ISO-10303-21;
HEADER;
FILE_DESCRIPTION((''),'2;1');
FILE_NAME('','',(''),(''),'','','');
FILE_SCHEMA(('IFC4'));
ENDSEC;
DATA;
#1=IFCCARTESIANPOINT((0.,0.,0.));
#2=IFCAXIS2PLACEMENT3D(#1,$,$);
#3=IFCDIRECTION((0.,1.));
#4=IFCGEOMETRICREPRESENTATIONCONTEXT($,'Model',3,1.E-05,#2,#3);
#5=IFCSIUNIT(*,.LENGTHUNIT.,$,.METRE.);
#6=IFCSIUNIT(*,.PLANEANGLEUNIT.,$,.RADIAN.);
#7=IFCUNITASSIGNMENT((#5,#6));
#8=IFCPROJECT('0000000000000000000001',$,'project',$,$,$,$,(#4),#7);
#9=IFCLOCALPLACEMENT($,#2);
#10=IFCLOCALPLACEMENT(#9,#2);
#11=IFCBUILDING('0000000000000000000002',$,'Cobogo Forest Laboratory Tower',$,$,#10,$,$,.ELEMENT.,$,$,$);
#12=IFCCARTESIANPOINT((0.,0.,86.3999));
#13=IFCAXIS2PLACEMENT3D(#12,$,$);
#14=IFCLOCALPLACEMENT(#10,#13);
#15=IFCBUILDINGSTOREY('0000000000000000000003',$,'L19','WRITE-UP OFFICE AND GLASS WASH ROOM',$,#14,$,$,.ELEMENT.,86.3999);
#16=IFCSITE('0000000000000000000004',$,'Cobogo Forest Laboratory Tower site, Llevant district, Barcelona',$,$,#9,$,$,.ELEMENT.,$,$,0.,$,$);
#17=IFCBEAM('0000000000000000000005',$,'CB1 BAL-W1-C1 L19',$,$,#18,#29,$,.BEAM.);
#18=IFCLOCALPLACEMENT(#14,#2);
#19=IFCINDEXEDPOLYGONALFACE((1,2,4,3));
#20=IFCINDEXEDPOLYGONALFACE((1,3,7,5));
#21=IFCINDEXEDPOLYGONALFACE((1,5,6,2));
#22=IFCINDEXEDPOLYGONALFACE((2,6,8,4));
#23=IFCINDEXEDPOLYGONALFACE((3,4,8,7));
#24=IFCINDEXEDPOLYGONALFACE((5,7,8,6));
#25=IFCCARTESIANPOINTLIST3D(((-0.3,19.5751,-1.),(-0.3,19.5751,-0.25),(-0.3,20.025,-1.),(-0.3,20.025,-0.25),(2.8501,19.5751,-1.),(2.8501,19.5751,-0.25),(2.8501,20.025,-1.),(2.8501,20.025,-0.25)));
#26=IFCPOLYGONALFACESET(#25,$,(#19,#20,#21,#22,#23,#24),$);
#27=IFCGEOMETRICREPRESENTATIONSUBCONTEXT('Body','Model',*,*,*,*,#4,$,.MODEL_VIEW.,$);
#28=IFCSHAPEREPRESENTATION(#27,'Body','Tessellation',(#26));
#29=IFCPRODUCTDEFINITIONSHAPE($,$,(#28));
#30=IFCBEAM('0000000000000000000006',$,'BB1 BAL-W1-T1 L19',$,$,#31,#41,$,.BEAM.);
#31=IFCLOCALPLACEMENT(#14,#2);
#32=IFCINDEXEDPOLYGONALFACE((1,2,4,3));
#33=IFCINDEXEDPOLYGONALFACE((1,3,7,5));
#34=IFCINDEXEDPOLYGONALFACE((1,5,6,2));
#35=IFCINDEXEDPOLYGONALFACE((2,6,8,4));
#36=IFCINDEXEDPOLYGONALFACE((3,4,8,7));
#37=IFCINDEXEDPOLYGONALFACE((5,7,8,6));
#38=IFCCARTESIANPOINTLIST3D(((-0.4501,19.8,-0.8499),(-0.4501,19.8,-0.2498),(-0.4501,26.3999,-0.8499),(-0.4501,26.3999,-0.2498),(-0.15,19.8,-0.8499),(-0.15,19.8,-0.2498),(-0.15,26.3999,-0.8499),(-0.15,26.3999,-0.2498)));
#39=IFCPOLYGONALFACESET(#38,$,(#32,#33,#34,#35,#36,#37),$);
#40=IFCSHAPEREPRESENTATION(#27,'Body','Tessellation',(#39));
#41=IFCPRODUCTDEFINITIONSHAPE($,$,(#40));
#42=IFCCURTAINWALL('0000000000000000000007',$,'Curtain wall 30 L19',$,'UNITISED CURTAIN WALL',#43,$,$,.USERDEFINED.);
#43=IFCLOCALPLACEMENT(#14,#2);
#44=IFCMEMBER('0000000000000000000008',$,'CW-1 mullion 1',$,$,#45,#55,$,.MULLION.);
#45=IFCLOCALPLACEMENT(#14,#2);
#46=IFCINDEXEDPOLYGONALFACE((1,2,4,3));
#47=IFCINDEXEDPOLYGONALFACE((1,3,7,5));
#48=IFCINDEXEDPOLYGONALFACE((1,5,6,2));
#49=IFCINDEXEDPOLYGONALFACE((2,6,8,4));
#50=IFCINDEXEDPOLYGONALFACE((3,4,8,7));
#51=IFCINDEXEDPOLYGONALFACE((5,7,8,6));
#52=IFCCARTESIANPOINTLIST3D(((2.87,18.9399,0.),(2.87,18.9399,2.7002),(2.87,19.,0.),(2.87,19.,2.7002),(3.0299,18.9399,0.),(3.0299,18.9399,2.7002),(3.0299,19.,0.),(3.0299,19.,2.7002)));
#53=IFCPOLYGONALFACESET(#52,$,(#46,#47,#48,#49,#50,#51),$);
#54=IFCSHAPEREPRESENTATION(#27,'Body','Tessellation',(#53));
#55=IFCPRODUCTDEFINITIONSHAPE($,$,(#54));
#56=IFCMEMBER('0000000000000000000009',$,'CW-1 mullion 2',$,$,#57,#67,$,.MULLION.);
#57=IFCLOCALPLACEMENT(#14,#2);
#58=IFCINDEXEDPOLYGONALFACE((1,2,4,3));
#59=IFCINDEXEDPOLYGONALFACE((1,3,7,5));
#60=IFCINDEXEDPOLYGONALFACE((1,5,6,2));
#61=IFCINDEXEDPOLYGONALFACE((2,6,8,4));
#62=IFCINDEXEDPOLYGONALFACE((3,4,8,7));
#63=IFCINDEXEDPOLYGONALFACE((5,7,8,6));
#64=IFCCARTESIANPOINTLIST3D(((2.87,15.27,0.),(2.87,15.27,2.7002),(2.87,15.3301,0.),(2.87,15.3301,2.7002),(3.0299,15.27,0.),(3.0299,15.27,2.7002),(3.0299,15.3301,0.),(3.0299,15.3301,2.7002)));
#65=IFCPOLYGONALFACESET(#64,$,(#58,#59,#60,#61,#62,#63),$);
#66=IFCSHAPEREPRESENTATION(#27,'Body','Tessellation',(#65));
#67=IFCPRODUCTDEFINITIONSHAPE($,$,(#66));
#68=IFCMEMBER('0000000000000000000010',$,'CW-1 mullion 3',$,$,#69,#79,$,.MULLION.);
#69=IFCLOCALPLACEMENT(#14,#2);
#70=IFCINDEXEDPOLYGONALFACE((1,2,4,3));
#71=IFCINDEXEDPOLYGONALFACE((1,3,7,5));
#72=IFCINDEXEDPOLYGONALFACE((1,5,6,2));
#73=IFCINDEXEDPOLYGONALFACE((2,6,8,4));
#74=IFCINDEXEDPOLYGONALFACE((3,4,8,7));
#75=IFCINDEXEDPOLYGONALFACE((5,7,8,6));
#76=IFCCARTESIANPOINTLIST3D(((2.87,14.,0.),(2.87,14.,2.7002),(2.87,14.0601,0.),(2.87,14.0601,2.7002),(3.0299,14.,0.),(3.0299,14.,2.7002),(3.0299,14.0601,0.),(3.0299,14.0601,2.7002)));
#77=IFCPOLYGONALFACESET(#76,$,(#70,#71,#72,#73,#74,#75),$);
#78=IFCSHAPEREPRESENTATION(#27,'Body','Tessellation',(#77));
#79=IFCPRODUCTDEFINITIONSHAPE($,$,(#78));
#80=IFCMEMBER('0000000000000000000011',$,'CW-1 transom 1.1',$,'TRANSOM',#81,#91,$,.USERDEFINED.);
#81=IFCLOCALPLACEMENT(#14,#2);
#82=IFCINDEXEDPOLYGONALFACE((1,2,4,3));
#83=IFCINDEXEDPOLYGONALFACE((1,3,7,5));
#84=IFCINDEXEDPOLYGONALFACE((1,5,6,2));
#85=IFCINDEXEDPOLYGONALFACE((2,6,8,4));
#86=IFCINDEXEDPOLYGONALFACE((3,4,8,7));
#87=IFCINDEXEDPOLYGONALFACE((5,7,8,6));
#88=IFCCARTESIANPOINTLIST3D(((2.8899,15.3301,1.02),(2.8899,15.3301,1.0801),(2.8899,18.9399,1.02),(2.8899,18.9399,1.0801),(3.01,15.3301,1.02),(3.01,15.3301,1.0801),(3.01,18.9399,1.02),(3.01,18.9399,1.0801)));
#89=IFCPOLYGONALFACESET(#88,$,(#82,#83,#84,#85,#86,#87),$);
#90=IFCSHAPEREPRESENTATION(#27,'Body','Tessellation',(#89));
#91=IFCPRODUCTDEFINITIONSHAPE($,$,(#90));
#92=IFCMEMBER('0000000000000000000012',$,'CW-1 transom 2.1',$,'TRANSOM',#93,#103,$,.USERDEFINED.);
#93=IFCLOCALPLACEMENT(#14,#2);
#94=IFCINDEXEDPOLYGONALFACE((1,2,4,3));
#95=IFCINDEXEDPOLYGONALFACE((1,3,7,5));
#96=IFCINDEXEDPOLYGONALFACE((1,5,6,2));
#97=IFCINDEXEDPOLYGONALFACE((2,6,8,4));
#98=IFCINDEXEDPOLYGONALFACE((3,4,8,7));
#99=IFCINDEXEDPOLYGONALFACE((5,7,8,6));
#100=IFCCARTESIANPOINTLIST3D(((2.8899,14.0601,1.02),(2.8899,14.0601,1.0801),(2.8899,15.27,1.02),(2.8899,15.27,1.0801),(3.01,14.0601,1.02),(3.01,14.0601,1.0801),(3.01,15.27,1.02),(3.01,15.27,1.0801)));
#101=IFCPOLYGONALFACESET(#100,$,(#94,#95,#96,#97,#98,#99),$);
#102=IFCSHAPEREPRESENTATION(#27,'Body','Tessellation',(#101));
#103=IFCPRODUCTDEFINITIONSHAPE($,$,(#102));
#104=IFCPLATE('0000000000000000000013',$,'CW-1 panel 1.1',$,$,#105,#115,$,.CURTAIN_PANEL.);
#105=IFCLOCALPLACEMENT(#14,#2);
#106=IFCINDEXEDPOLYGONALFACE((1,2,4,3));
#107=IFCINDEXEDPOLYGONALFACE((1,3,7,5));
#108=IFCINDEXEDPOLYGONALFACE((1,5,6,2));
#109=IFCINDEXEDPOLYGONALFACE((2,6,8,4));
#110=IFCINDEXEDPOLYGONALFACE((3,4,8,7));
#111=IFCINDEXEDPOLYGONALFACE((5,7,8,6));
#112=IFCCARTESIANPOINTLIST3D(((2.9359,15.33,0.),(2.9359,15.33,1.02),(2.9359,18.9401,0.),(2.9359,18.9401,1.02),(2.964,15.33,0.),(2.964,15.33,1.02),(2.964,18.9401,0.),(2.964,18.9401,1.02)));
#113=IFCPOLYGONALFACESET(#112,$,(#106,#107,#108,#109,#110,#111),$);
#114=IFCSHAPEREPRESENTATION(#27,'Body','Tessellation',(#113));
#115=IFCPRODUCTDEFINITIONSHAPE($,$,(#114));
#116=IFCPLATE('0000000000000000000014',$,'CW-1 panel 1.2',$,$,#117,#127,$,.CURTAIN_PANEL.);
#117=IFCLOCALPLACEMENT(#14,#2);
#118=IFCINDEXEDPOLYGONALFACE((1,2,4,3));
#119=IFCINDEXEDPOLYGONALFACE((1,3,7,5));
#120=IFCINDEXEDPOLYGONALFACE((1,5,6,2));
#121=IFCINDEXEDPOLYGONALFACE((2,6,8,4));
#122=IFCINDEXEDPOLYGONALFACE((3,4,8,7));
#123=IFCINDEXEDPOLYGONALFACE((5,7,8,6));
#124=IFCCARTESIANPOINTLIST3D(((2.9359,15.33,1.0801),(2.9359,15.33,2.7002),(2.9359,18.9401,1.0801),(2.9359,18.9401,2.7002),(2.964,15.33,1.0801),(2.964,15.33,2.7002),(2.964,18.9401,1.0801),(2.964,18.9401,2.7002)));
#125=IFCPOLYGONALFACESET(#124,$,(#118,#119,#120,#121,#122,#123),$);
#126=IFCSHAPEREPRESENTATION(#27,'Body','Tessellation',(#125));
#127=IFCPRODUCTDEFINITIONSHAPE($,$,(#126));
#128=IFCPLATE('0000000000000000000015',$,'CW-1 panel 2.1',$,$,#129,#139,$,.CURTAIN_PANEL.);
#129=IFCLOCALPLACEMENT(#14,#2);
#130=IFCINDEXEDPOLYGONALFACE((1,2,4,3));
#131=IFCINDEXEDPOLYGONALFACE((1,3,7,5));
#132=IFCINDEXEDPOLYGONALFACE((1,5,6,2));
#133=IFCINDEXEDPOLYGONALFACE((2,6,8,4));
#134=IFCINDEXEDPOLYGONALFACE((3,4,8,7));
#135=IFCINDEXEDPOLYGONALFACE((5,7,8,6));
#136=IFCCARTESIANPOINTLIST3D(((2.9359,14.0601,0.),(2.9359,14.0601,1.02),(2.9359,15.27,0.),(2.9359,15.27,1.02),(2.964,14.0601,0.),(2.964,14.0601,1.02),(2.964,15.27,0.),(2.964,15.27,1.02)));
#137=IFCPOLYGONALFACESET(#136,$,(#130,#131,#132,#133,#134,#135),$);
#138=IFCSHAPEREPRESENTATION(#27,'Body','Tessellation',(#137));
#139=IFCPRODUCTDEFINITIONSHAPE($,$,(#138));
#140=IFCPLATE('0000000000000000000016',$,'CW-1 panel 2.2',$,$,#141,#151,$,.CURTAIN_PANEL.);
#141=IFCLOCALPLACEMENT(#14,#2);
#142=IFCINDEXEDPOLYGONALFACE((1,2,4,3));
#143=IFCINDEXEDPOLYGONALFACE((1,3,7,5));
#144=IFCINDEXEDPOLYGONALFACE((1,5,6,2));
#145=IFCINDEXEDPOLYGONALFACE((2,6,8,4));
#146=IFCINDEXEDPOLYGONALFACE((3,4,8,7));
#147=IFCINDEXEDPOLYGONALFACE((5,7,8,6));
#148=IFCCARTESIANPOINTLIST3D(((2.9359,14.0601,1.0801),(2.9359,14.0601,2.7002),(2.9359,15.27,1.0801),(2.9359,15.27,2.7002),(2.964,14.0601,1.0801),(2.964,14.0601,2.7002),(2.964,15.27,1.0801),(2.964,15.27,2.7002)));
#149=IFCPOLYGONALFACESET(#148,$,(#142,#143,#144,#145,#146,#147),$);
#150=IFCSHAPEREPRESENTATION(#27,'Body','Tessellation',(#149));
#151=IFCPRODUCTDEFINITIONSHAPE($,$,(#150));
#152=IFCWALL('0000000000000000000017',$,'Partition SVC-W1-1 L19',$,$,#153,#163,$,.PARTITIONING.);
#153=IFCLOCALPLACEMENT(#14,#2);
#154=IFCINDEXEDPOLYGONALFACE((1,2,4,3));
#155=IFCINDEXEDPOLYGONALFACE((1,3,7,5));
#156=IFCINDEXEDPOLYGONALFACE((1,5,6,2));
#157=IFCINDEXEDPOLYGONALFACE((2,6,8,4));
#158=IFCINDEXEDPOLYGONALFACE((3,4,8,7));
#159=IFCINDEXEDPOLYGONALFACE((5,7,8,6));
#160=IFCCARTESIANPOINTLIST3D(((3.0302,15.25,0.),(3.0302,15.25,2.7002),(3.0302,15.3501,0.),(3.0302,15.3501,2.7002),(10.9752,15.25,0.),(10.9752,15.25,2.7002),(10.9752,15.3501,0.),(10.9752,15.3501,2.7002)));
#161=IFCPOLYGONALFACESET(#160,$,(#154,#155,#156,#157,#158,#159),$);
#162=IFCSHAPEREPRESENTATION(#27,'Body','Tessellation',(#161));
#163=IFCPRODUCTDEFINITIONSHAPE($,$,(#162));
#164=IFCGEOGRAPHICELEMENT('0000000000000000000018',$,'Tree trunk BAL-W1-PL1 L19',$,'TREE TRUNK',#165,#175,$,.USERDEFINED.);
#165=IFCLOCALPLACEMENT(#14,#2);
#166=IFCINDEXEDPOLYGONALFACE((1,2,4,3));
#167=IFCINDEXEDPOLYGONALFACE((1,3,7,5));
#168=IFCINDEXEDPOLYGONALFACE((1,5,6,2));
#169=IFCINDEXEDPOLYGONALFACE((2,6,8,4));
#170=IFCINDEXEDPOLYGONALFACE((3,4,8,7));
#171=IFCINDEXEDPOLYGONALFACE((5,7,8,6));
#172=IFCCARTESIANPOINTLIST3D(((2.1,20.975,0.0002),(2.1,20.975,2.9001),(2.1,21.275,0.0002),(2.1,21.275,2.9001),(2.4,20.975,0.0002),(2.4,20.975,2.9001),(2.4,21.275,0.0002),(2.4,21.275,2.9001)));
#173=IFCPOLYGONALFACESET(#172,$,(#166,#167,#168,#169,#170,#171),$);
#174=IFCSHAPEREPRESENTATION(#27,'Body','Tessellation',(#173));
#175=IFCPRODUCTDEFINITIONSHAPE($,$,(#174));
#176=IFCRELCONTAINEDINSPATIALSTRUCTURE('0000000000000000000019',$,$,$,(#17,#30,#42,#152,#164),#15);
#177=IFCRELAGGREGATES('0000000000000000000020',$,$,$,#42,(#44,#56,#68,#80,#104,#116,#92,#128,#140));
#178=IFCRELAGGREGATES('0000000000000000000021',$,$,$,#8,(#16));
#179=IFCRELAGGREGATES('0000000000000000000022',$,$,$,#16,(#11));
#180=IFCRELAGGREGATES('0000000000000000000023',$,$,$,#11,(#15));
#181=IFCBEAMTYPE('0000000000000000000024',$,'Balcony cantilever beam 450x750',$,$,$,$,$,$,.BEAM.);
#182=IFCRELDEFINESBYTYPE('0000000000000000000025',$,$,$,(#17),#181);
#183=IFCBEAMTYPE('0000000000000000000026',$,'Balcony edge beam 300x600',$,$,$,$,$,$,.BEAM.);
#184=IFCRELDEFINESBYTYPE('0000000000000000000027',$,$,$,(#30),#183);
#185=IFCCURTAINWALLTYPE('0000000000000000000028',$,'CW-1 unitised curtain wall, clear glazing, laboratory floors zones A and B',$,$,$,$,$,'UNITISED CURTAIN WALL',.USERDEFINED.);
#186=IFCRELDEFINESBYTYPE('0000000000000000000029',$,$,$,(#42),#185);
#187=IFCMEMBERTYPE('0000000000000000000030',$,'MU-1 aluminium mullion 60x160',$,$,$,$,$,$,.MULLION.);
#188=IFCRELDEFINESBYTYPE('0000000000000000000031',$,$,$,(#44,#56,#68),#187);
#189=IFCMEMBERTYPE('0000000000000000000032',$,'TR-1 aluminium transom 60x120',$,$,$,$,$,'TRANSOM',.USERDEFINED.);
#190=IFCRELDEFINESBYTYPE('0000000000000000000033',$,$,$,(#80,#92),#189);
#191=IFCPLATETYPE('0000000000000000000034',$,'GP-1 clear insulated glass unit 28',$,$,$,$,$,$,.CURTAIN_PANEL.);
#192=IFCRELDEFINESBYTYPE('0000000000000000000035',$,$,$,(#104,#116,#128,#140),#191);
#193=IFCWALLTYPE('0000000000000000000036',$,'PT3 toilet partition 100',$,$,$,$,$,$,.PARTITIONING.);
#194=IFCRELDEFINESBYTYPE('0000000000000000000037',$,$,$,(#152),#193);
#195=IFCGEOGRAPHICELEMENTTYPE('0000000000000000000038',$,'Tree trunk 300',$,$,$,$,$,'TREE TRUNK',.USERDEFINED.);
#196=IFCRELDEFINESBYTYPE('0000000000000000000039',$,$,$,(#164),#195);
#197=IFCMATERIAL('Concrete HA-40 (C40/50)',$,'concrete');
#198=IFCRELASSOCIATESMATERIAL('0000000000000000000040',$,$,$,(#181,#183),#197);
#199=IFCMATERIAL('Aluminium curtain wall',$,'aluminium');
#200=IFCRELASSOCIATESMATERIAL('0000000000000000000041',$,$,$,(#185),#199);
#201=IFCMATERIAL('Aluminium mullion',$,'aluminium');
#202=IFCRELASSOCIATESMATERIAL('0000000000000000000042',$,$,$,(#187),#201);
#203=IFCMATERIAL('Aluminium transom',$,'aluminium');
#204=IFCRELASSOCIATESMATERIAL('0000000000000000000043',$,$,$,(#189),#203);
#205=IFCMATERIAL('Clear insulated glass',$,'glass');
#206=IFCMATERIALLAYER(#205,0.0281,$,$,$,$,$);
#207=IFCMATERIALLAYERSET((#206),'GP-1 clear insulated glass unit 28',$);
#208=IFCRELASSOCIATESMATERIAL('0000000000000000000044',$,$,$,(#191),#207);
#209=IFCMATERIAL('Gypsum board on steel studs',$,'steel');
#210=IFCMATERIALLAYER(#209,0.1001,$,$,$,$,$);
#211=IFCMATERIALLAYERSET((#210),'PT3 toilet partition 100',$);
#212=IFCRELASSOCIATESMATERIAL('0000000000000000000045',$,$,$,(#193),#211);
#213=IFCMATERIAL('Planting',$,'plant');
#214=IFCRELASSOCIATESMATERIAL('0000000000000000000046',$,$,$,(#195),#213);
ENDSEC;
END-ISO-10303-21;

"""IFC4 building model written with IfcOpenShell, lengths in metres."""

from ifc_helpers import new_model, si_unit, direction, frame, frame_2d, origin, origin_2d, place, context, subcontext, project, spatial, rectangle, extrude, material, layer, layer_set, material_profile, profile_set, type_object, element, aggregate, save


model = new_model("IFC4")

# Units and contexts
model_context = context("Model", 3, precision=1e-05, world=origin(), true_north=direction((0.0, 1.0)))
body_context = subcontext(model_context, "Body", "Model", "MODEL_VIEW")
ifc_project = project(units=[si_unit("LENGTHUNIT", "METRE"), si_unit("PLANEANGLEUNIT", "RADIAN")], contexts=[model_context])

# Site, building, storey
site_placement = place(None, origin())
site = spatial("IfcSite", under=ifc_project, at=site_placement, Name="Cobogo Forest Laboratory Tower site, Llevant district, Barcelona", CompositionType="ELEMENT", RefElevation=0.0)
building_placement = place(site_placement, origin())
building = spatial("IfcBuilding", under=site, at=building_placement, Name="Cobogo Forest Laboratory Tower", CompositionType="ELEMENT")
storey_placement = place(building_placement, frame((0.0, 0.0, 86.3999)))
storey = spatial("IfcBuildingStorey", under=building, at=storey_placement, Name="L19", Description="WRITE-UP OFFICE AND GLASS WASH ROOM", CompositionType="ELEMENT", Elevation=86.3999)

# Beams
ifc_material_1 = material(Name="Concrete HA-40 (C40/50)", Category="concrete")
ifc_material_profile_1 = material_profile(ifc_material_1, rectangle(XDim=0.45, YDim=0.75, at=origin_2d()), Name="RC 450x750")
ifc_profile_set_1 = profile_set([ifc_material_profile_1], Name="Concrete HA-40 (C40/50)")
beam_type_1 = type_object("IfcBeamType", Name="Balcony cantilever beam 450x750", PredefinedType="BEAM", material=ifc_profile_set_1)
beam_1_placement = place(storey_placement, frame((2.8501, 19.8, -0.625), z_axis=(-1.0, 0.0, 0.0), x_axis=(0.0, -1.0, 0.0)))
element("IfcBeam", 1, at=beam_1_placement, inside=storey, type_object=beam_type_1, Name="CB1 BAL-W1-C1 L19", PredefinedType="BEAM", context=body_context, shape_type="SweptSolid", body=[
    extrude(rectangle(XDim=0.45, YDim=0.75, at=origin_2d()), origin(), (0.0, 0.0, 1.0), 3.1501),
])
ifc_material_profile_2 = material_profile(ifc_material_1, rectangle(XDim=0.3, YDim=0.6001, at=origin_2d()), Name="RC 300x600")
ifc_profile_set_2 = profile_set([ifc_material_profile_2], Name="Concrete HA-40 (C40/50)")
beam_type_2 = type_object("IfcBeamType", Name="Balcony edge beam 300x600", PredefinedType="BEAM", material=ifc_profile_set_2)
beam_2_placement = place(storey_placement, frame((-0.3, 19.8, -0.5498), z_axis=(0.0, 1.0, 0.0), x_axis=(-1.0, 0.0, 0.0)))
element("IfcBeam", 2, at=beam_2_placement, inside=storey, type_object=beam_type_2, Name="BB1 BAL-W1-T1 L19", PredefinedType="BEAM", context=body_context, shape_type="SweptSolid", body=[
    extrude(rectangle(XDim=0.3, YDim=0.6001, at=origin_2d()), origin(), (0.0, 0.0, 1.0), 6.5999),
])

# Curtain wall, members, plates
ifc_material_2 = material(Name="Aluminium curtain wall", Category="aluminium")
curtain_wall_type = type_object("IfcCurtainWallType", Name="CW-1 unitised curtain wall, clear glazing, laboratory floors zones A and B", ElementType="UNITISED CURTAIN WALL", PredefinedType="USERDEFINED", material=ifc_material_2)
curtain_wall_placement = place(storey_placement, origin())
curtain_wall = element("IfcCurtainWall", 3, at=curtain_wall_placement, inside=storey, type_object=curtain_wall_type, Name="Curtain wall 30 L19", ObjectType="UNITISED CURTAIN WALL", PredefinedType="USERDEFINED")
ifc_material_3 = material(Name="Aluminium mullion", Category="aluminium")
ifc_material_profile_3 = material_profile(ifc_material_3, rectangle(XDim=0.0601, YDim=0.1599, at=origin_2d()), Name="AL 60x160")
ifc_profile_set_3 = profile_set([ifc_material_profile_3], Name="Aluminium mullion")
member_type_1 = type_object("IfcMemberType", Name="MU-1 aluminium mullion 60x160", PredefinedType="MULLION", material=ifc_profile_set_3)
member_1_placement = place(storey_placement, frame((2.95, 18.97, 0.0), z_axis=(0.0, 0.0, 1.0), x_axis=(0.0, -1.0, 0.0)))
member_1 = element("IfcMember", 4, at=member_1_placement, type_object=member_type_1, Name="CW-1 mullion 1", PredefinedType="MULLION", context=body_context, shape_type="SweptSolid", body=[
    extrude(rectangle(XDim=0.0601, YDim=0.1599, at=origin_2d()), origin(), (0.0, 0.0, 1.0), 2.7002),
])
member_2_placement = place(storey_placement, frame((2.95, 15.3, 0.0), z_axis=(0.0, 0.0, 1.0), x_axis=(0.0, -1.0, 0.0)))
member_2 = element("IfcMember", 5, at=member_2_placement, type_object=member_type_1, Name="CW-1 mullion 2", PredefinedType="MULLION", context=body_context, shape_type="SweptSolid", body=[
    extrude(rectangle(XDim=0.0601, YDim=0.1599, at=origin_2d()), origin(), (0.0, 0.0, 1.0), 2.7002),
])
member_3_placement = place(storey_placement, frame((2.95, 14.03, 0.0), z_axis=(0.0, 0.0, 1.0), x_axis=(0.0, -1.0, 0.0)))
member_3 = element("IfcMember", 6, at=member_3_placement, type_object=member_type_1, Name="CW-1 mullion 3", PredefinedType="MULLION", context=body_context, shape_type="SweptSolid", body=[
    extrude(rectangle(XDim=0.0601, YDim=0.1599, at=origin_2d()), origin(), (0.0, 0.0, 1.0), 2.7002),
])
ifc_material_4 = material(Name="Aluminium transom", Category="aluminium")
ifc_material_profile_4 = material_profile(ifc_material_4, rectangle(XDim=0.1201, YDim=0.0601, at=origin_2d()), Name="AL 60x120")
ifc_profile_set_4 = profile_set([ifc_material_profile_4], Name="Aluminium transom")
member_type_2 = type_object("IfcMemberType", Name="TR-1 aluminium transom 60x120", ElementType="TRANSOM", PredefinedType="USERDEFINED", material=ifc_profile_set_4)
member_4_placement = place(storey_placement, frame((2.95, 18.9399, 1.05), z_axis=(0.0, -1.0, 0.0), x_axis=(1.0, 0.0, 0.0)))
member_4 = element("IfcMember", 7, at=member_4_placement, type_object=member_type_2, Name="CW-1 transom 1.1", ObjectType="TRANSOM", PredefinedType="USERDEFINED", context=body_context, shape_type="SweptSolid", body=[
    extrude(rectangle(XDim=0.1201, YDim=0.0601, at=origin_2d()), origin(), (0.0, 0.0, 1.0), 3.6099),
])
member_5_placement = place(storey_placement, frame((2.95, 15.27, 1.05), z_axis=(0.0, -1.0, 0.0), x_axis=(1.0, 0.0, 0.0)))
member_5 = element("IfcMember", 8, at=member_5_placement, type_object=member_type_2, Name="CW-1 transom 2.1", ObjectType="TRANSOM", PredefinedType="USERDEFINED", context=body_context, shape_type="SweptSolid", body=[
    extrude(rectangle(XDim=0.1201, YDim=0.0601, at=origin_2d()), origin(), (0.0, 0.0, 1.0), 1.21),
])
ifc_material_5 = material(Name="Clear insulated glass", Category="glass")
ifc_layer_1 = layer(ifc_material_5, 0.0281)
ifc_layer_set_1 = layer_set([ifc_layer_1], Name="GP-1 clear insulated glass unit 28")
plate_type_1 = type_object("IfcPlateType", Name="GP-1 clear insulated glass unit 28", PredefinedType="CURTAIN_PANEL", material=ifc_layer_set_1)
plate_1_placement = place(storey_placement, frame((2.95, 17.135, 0.0), z_axis=(0.0, 0.0, 1.0), x_axis=(0.0, -1.0, 0.0)))
plate_1 = element("IfcPlate", 9, at=plate_1_placement, type_object=plate_type_1, Name="CW-1 panel 1.1", PredefinedType="CURTAIN_PANEL", context=body_context, shape_type="SweptSolid", body=[
    extrude(rectangle(XDim=3.6101, YDim=0.0281, at=origin_2d()), origin(), (0.0, 0.0, 1.0), 1.02),
])
plate_2_placement = place(storey_placement, frame((2.95, 17.135, 1.0801), z_axis=(0.0, 0.0, 1.0), x_axis=(0.0, -1.0, 0.0)))
plate_2 = element("IfcPlate", 10, at=plate_2_placement, type_object=plate_type_1, Name="CW-1 panel 1.2", PredefinedType="CURTAIN_PANEL", context=body_context, shape_type="SweptSolid", body=[
    extrude(rectangle(XDim=3.6101, YDim=0.0281, at=origin_2d()), origin(), (0.0, 0.0, 1.0), 1.6201),
])
plate_3_placement = place(storey_placement, frame((2.95, 14.665, 0.0), z_axis=(0.0, 0.0, 1.0), x_axis=(0.0, -1.0, 0.0)))
plate_3 = element("IfcPlate", 11, at=plate_3_placement, type_object=plate_type_1, Name="CW-1 panel 2.1", PredefinedType="CURTAIN_PANEL", context=body_context, shape_type="SweptSolid", body=[
    extrude(rectangle(XDim=1.21, YDim=0.0281, at=origin_2d()), origin(), (0.0, 0.0, 1.0), 1.02),
])
plate_4_placement = place(storey_placement, frame((2.95, 14.665, 1.0801), z_axis=(0.0, 0.0, 1.0), x_axis=(0.0, -1.0, 0.0)))
plate_4 = element("IfcPlate", 12, at=plate_4_placement, type_object=plate_type_1, Name="CW-1 panel 2.2", PredefinedType="CURTAIN_PANEL", context=body_context, shape_type="SweptSolid", body=[
    extrude(rectangle(XDim=1.21, YDim=0.0281, at=origin_2d()), origin(), (0.0, 0.0, 1.0), 1.6201),
])
aggregate(curtain_wall, [member_1, member_2, member_3, member_4, plate_1, plate_2, member_5, plate_3, plate_4])

# Wall
ifc_material_6 = material(Name="Gypsum board on steel studs", Category="steel")
ifc_layer_2 = layer(ifc_material_6, 0.1001)
ifc_layer_set_2 = layer_set([ifc_layer_2], Name="PT3 toilet partition 100")
wall_type = type_object("IfcWallType", Name="PT3 toilet partition 100", PredefinedType="PARTITIONING", material=ifc_layer_set_2)
wall_placement = place(storey_placement, frame((3.03, 15.3, 0.0), z_axis=(0.0, 0.0, 1.0), x_axis=(1.0, 0.0, 0.0)))
element("IfcWall", 13, at=wall_placement, inside=storey, type_object=wall_type, Name="Partition SVC-W1-1 L19", PredefinedType="PARTITIONING", context=body_context, shape_type="SweptSolid", body=[
    extrude(rectangle(XDim=7.9451, YDim=0.1001, at=frame_2d((3.9727, 0.0))), origin(), (0.0, 0.0, 1.0), 2.7002),
])

# Geographic element
ifc_material_7 = material(Name="Planting", Category="plant")
geographic_element_type = type_object("IfcGeographicElementType", Name="Tree trunk 300", ElementType="TREE TRUNK", PredefinedType="USERDEFINED", material=ifc_material_7)
geographic_element_placement = place(storey_placement, frame((2.25, 21.125, 0.0002), z_axis=(0.0, 0.0, 1.0), x_axis=(1.0, 0.0, 0.0)))
element("IfcGeographicElement", 14, at=geographic_element_placement, inside=storey, type_object=geographic_element_type, Name="Tree trunk BAL-W1-PL1 L19", ObjectType="TREE TRUNK", PredefinedType="USERDEFINED", context=body_context, shape_type="SweptSolid", body=[
    extrude(rectangle(XDim=0.3, YDim=0.3, at=origin_2d()), origin(), (0.0, 0.0, 1.0), 2.8999),
])

save(model, "model.ifc")
